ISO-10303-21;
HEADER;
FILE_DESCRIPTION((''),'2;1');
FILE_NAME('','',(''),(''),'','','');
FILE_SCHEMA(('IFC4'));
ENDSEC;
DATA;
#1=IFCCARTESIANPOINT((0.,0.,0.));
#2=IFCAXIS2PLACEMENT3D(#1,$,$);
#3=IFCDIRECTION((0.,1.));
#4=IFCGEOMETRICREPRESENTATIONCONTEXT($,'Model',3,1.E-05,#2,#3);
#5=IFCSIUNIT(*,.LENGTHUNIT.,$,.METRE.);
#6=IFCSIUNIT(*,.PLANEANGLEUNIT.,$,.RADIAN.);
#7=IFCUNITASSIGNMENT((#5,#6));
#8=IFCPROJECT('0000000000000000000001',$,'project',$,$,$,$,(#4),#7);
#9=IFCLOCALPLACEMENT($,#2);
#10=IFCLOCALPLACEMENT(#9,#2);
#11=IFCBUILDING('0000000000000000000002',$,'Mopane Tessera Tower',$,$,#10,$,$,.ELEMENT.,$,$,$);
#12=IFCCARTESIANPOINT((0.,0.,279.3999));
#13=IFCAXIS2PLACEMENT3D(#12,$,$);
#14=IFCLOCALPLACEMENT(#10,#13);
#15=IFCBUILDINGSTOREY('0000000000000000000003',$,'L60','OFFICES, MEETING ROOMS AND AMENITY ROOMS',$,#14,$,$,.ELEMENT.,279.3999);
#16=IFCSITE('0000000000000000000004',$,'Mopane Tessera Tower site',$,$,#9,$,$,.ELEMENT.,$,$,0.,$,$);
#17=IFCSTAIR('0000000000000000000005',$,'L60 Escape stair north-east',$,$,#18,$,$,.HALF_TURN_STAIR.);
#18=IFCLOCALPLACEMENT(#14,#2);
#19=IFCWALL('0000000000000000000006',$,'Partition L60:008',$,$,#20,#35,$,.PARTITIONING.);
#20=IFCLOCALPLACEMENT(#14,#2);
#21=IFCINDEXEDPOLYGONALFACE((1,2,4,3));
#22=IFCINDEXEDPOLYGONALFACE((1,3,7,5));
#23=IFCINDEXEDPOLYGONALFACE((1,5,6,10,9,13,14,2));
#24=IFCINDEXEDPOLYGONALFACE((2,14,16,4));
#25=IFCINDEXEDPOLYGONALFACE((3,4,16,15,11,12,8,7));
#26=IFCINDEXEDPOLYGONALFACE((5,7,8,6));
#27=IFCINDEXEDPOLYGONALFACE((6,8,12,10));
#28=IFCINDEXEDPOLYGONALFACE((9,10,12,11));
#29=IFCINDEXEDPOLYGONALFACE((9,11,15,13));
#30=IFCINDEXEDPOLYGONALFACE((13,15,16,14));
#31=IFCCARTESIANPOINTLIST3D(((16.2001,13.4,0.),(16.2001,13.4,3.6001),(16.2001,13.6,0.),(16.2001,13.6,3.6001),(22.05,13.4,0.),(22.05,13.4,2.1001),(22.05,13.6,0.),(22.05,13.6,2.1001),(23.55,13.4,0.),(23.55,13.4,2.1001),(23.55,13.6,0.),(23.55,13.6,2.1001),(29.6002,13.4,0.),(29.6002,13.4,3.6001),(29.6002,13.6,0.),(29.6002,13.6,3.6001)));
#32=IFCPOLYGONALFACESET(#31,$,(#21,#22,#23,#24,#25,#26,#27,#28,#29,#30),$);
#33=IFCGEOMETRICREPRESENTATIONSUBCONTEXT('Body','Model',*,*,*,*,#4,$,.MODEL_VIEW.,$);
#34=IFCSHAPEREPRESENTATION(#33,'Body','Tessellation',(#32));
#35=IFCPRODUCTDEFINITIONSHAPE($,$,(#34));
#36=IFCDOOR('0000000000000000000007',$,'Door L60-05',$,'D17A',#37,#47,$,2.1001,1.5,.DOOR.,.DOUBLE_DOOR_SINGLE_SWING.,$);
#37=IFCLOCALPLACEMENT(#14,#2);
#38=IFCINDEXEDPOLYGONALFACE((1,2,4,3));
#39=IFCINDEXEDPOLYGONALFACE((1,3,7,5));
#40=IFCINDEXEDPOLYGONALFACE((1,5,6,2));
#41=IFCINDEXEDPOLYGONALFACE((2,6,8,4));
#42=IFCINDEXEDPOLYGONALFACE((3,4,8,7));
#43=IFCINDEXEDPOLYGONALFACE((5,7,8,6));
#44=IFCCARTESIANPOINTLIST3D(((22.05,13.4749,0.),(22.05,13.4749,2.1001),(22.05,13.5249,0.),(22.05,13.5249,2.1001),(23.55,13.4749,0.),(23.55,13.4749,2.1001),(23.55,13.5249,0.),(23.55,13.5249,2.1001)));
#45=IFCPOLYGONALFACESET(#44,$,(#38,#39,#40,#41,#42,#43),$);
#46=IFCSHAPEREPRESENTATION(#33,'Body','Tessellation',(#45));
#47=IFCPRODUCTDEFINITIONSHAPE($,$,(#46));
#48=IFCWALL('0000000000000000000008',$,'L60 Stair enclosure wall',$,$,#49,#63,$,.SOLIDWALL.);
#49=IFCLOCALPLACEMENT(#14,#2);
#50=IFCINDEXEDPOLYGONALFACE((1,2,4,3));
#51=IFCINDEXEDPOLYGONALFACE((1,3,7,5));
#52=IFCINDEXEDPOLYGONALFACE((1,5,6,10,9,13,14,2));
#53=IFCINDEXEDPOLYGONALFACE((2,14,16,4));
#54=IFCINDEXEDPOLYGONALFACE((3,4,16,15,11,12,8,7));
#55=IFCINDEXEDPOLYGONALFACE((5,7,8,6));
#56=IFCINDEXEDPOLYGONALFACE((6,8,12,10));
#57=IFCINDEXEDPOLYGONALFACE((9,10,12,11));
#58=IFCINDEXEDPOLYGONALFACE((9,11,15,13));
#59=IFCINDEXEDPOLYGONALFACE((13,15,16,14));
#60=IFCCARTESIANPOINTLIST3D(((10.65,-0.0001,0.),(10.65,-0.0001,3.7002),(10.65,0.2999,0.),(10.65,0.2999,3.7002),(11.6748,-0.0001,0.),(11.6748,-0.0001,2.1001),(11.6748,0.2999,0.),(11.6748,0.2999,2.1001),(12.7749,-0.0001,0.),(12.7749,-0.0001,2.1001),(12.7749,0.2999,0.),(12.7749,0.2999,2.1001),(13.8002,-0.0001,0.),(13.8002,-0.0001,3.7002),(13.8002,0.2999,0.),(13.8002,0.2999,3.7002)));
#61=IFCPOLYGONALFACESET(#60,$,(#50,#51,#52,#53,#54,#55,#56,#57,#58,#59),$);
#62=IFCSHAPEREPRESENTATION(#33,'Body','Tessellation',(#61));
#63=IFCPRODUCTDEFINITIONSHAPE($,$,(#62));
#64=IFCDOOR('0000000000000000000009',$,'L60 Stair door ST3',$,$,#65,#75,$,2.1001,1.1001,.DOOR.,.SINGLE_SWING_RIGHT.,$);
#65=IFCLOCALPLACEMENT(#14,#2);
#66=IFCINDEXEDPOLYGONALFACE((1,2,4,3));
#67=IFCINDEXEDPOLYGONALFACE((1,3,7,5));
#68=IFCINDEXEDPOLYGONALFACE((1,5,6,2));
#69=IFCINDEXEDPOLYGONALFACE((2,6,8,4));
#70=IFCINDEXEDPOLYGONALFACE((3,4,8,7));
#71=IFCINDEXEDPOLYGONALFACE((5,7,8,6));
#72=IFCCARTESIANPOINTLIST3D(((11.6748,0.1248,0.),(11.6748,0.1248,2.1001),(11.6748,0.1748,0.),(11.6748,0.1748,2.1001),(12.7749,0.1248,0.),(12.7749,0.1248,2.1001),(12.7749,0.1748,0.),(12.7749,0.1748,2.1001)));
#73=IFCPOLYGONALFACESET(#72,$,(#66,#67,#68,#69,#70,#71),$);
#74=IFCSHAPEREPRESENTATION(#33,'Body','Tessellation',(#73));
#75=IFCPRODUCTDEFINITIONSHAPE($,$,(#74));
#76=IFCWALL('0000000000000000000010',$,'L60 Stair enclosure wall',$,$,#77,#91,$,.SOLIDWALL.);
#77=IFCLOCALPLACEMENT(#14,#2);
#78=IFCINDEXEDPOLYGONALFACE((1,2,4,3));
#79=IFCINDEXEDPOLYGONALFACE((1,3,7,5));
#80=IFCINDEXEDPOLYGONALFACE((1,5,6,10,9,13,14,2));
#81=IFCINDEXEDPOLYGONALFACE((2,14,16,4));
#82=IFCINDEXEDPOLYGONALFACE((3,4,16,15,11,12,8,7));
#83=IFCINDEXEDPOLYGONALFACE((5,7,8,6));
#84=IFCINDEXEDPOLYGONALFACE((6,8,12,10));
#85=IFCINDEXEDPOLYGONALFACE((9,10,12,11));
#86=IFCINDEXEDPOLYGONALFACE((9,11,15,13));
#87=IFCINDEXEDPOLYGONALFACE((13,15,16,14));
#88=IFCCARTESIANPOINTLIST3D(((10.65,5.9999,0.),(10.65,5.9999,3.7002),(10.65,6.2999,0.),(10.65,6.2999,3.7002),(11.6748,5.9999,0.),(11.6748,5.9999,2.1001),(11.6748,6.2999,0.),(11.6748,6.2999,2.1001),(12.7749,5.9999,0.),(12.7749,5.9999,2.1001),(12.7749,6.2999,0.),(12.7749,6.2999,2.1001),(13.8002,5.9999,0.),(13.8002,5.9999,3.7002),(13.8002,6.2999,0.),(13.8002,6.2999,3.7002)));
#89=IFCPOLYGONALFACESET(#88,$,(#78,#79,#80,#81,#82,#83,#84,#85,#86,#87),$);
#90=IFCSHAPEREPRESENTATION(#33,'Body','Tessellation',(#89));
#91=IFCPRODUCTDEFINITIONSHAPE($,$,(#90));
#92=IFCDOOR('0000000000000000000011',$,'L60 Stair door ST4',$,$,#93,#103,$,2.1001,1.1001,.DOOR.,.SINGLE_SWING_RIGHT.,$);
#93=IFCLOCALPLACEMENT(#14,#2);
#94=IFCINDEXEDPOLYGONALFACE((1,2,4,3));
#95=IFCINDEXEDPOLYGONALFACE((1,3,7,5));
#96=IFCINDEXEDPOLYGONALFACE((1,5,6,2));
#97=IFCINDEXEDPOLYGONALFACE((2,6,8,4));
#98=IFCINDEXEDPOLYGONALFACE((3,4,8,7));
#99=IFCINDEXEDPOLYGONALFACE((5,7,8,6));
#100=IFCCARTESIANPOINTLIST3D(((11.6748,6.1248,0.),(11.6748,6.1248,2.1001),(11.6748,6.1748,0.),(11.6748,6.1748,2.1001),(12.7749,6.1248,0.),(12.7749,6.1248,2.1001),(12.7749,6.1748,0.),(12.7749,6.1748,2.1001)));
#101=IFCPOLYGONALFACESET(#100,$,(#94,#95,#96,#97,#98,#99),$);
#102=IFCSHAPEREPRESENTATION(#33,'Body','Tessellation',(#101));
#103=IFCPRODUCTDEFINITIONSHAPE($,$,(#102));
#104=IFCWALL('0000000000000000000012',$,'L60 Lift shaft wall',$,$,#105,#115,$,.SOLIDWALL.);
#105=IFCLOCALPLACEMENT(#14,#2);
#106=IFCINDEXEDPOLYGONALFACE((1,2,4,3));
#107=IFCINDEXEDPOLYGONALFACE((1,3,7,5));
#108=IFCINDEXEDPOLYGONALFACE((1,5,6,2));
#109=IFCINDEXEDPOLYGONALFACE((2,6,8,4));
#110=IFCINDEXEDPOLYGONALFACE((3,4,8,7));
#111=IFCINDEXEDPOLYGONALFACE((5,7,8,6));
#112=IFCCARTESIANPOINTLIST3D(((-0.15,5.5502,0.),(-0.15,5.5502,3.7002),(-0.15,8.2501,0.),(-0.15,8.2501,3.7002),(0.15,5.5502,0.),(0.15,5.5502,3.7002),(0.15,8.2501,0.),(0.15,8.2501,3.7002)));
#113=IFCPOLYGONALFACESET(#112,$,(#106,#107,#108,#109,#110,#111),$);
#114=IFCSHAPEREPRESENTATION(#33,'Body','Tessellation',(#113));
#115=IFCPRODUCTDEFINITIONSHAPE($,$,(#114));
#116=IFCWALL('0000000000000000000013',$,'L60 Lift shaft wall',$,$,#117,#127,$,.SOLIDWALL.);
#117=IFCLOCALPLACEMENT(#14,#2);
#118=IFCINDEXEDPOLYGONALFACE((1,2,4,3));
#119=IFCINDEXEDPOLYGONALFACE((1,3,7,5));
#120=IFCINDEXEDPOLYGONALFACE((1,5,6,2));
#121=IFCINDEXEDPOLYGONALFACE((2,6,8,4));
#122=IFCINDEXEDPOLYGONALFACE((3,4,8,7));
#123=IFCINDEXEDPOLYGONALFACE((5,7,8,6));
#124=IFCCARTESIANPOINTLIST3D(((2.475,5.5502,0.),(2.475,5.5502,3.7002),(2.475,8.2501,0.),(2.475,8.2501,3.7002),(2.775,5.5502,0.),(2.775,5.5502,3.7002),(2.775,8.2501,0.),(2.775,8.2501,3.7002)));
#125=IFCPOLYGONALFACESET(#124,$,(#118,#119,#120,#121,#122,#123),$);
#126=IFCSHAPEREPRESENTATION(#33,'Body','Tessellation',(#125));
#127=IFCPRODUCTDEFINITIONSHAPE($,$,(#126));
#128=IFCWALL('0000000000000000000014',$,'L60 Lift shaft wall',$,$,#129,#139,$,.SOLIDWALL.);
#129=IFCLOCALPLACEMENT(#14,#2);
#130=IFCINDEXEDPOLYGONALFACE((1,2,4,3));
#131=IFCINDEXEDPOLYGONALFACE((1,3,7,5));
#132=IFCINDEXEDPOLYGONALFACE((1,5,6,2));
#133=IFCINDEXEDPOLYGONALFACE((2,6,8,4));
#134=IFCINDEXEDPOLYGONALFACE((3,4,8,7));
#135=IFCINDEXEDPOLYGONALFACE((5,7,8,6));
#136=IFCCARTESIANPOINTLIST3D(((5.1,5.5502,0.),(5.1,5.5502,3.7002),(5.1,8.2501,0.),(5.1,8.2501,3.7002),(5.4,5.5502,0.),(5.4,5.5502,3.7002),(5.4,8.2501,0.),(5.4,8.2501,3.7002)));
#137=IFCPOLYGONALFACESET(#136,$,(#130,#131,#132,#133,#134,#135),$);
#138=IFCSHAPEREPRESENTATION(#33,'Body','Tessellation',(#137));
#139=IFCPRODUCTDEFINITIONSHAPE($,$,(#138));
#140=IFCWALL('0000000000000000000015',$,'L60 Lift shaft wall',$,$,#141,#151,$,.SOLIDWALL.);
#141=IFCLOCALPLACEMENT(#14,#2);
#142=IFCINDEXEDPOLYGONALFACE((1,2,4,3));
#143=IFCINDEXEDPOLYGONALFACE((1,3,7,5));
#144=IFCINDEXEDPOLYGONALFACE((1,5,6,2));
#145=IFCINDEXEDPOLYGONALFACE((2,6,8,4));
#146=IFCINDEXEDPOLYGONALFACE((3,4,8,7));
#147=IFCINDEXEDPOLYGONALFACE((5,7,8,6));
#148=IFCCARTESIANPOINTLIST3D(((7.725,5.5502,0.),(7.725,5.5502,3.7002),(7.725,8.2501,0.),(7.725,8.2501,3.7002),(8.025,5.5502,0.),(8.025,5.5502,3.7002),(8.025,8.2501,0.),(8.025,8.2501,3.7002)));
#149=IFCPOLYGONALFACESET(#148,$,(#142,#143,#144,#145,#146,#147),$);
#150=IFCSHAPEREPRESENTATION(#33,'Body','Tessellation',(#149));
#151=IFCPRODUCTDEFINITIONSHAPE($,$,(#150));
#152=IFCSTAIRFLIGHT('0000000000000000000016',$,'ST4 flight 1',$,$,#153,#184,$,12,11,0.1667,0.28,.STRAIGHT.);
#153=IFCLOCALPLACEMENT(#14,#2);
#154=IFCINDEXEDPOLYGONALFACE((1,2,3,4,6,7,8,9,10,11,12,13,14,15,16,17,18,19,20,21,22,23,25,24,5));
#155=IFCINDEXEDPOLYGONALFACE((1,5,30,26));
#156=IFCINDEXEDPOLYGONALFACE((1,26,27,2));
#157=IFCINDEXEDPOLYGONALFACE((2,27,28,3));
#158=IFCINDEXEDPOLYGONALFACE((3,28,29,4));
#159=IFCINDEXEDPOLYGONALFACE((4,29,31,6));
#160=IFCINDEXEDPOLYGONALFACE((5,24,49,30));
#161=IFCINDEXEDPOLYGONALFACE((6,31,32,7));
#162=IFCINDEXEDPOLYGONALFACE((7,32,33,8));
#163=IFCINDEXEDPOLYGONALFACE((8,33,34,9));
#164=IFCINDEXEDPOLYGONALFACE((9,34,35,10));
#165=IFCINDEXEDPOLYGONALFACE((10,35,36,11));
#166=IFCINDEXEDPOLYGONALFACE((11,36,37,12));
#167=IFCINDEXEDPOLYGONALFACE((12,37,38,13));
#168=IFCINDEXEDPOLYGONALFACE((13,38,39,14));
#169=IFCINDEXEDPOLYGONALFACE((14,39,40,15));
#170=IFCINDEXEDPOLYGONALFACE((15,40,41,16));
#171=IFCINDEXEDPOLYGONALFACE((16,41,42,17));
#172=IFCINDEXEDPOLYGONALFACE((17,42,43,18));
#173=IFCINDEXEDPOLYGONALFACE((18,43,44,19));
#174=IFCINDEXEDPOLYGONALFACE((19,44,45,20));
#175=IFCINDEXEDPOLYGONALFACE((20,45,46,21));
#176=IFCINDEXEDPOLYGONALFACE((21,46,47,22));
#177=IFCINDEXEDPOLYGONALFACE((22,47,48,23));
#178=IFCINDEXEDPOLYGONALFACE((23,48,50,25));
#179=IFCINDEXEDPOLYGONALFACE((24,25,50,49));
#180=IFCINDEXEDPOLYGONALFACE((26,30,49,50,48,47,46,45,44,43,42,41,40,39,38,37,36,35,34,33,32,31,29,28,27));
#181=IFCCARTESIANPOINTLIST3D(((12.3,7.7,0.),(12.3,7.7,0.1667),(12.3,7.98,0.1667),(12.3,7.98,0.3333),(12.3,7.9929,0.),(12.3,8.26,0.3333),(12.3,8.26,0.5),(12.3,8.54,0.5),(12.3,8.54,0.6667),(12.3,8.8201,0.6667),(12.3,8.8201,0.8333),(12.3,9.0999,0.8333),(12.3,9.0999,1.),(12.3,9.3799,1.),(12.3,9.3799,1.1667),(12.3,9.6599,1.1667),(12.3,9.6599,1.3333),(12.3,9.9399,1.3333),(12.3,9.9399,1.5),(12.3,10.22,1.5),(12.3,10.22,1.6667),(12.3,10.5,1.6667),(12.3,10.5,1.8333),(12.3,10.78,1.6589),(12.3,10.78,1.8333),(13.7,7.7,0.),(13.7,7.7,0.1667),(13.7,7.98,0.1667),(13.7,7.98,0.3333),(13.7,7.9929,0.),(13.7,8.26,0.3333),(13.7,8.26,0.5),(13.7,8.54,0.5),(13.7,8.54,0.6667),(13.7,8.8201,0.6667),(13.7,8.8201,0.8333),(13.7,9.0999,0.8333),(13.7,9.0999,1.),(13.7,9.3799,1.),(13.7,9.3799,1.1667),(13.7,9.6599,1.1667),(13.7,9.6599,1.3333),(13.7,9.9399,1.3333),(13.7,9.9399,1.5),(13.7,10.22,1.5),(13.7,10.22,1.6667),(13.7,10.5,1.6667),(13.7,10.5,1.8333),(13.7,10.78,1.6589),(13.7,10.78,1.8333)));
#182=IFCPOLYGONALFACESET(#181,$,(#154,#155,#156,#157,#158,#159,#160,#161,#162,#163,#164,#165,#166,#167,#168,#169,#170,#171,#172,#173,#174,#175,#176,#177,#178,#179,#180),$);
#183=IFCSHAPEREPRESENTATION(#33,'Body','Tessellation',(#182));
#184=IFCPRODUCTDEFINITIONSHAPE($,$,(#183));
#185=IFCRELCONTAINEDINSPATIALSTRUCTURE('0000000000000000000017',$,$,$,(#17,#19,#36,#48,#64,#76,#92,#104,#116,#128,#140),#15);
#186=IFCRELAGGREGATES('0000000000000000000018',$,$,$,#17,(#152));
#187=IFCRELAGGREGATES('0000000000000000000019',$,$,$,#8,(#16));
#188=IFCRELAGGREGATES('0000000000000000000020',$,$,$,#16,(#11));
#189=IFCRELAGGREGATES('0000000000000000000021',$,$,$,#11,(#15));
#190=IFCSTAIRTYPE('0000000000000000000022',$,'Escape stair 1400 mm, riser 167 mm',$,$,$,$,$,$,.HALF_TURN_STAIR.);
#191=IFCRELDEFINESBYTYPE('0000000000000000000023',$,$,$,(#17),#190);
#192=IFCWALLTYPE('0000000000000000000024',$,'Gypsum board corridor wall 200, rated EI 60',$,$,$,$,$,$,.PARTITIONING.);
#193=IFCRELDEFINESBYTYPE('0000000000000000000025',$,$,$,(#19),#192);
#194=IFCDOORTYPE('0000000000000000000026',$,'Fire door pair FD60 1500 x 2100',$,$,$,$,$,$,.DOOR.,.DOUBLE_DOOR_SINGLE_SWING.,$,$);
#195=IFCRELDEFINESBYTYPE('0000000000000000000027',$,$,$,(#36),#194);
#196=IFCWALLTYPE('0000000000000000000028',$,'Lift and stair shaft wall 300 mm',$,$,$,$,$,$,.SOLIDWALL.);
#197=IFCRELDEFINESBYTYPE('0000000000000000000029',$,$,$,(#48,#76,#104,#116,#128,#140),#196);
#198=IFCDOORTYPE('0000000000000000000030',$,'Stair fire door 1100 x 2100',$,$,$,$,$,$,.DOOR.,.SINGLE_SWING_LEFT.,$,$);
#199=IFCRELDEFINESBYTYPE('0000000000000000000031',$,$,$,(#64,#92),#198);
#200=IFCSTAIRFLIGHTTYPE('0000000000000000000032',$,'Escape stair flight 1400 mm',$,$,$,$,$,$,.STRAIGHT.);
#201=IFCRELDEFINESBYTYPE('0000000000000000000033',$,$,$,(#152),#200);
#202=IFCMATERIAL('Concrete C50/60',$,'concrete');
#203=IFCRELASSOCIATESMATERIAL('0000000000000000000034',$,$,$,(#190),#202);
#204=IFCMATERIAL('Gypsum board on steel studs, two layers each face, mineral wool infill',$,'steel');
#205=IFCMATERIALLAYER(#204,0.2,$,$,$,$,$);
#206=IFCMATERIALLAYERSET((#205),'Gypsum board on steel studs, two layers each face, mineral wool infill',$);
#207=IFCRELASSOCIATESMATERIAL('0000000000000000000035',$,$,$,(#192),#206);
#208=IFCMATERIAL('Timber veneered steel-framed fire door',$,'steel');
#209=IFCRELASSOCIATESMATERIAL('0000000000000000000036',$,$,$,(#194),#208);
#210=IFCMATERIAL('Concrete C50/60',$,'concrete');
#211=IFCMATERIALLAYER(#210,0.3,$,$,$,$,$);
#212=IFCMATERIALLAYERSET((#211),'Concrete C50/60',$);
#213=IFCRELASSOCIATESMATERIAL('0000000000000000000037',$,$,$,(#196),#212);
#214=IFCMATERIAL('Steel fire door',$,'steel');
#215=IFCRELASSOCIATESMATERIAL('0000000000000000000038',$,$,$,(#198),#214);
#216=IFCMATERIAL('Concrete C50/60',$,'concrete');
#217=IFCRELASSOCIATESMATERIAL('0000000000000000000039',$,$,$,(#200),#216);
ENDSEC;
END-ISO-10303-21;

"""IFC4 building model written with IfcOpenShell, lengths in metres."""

from ifc_helpers import new_model, si_unit, direction, frame, frame_2d, origin, place, context, subcontext, project, spatial, polyline, rectangle, outline, extrude, material, layer, layer_set, type_object, element, fill, aggregate, save


model = new_model("IFC4")

# Units and contexts
model_context = context("Model", 3, precision=1e-05, world=origin(), true_north=direction((0.0, 1.0)))
body_context = subcontext(model_context, "Body", "Model", "MODEL_VIEW")
ifc_project = project(units=[si_unit("LENGTHUNIT", "METRE"), si_unit("PLANEANGLEUNIT", "RADIAN")], contexts=[model_context])

# Site, building, storey
site_placement = place(None, origin())
site = spatial("IfcSite", under=ifc_project, at=site_placement, Name="Mopane Tessera Tower site", CompositionType="ELEMENT", RefElevation=0.0)
building_placement = place(site_placement, origin())
building = spatial("IfcBuilding", under=site, at=building_placement, Name="Mopane Tessera Tower", CompositionType="ELEMENT")
storey_placement = place(building_placement, frame((0.0, 0.0, 279.3999)))
storey = spatial("IfcBuildingStorey", under=building, at=storey_placement, Name="L60", Description="OFFICES, MEETING ROOMS AND AMENITY ROOMS", CompositionType="ELEMENT", Elevation=279.3999)

# Stair
ifc_material_1 = material(Name="Concrete C50/60", Category="concrete")
stair_type = type_object("IfcStairType", Name="Escape stair 1400 mm, riser 167 mm", PredefinedType="HALF_TURN_STAIR", material=ifc_material_1)
stair_1_placement = place(storey_placement, origin())
stair_1 = element("IfcStair", 1, at=stair_1_placement, inside=storey, type_object=stair_type, Name="L60 Escape stair north-east", PredefinedType="HALF_TURN_STAIR")

# Walls, openings, doors
ifc_material_2 = material(Name="Gypsum board on steel studs, two layers each face, mineral wool infill", Category="steel")
ifc_layer_1 = layer(ifc_material_2, 0.2)
ifc_layer_set_1 = layer_set([ifc_layer_1], Name="Gypsum board on steel studs, two layers each face, mineral wool infill")
wall_type_1 = type_object("IfcWallType", Name="Gypsum board corridor wall 200, rated EI 60", PredefinedType="PARTITIONING", material=ifc_layer_set_1)
wall_1_placement = place(storey_placement, frame((16.2, 13.5, 0.0), z_axis=(0.0, 0.0, 1.0), x_axis=(1.0, 0.0, 0.0)))
wall_1 = element("IfcWall", 2, at=wall_1_placement, inside=storey, type_object=wall_type_1, Name="Partition L60:008", PredefinedType="PARTITIONING", context=body_context, shape_type="SweptSolid", body=[
    extrude(rectangle(XDim=13.4001, YDim=0.2, at=frame_2d((6.7002, 0.0))), origin(), (0.0, 0.0, 1.0), 3.6001),
])
opening_1_placement = place(wall_1_placement, frame((5.8501, 0.0, 0.0)))
opening_1 = element("IfcOpeningElement", 3, at=opening_1_placement, cuts=wall_1, PredefinedType="OPENING", context=body_context, shape_type="SweptSolid", body=[
    extrude(rectangle(XDim=1.5, YDim=2.1001, at=frame_2d((0.75, 1.05))), frame((0.0, 0.1121, 0.0), z_axis=(0.0, -1.0, 0.0), x_axis=(1.0, 0.0, 0.0)), (0.0, 0.0, 1.0), 0.2239),
])
ifc_material_3 = material(Name="Timber veneered steel-framed fire door", Category="steel")
door_type_1 = type_object("IfcDoorType", Name="Fire door pair FD60 1500 x 2100", OperationType="DOUBLE_DOOR_SINGLE_SWING", PredefinedType="DOOR", material=ifc_material_3)
door_1_placement = place(opening_1_placement, origin())
door_1 = element("IfcDoor", 4, at=door_1_placement, inside=storey, type_object=door_type_1, Name="Door L60-05", ObjectType="D17A", OperationType="DOUBLE_DOOR_SINGLE_SWING", OverallHeight=2.1001, OverallWidth=1.5, PredefinedType="DOOR", context=body_context, shape_type="SweptSolid", body=[
    extrude(rectangle(XDim=1.5, YDim=2.1001, at=frame_2d((0.75, 1.05))), frame((0.0, 0.0249, 0.0), z_axis=(0.0, -1.0, 0.0), x_axis=(1.0, 0.0, 0.0)), (0.0, 0.0, 1.0), 0.05),
])
fill(opening_1, door_1)
ifc_material_4 = material(Name="Concrete C50/60", Category="concrete")
ifc_layer_2 = layer(ifc_material_4, 0.3)
ifc_layer_set_2 = layer_set([ifc_layer_2], Name="Concrete C50/60")
wall_type_2 = type_object("IfcWallType", Name="Lift and stair shaft wall 300 mm", PredefinedType="SOLIDWALL", material=ifc_layer_set_2)
wall_2_placement = place(storey_placement, frame((10.6499, 0.1499, 0.0), z_axis=(0.0, 0.0, 1.0), x_axis=(1.0, 0.0, 0.0)))
wall_2 = element("IfcWall", 5, at=wall_2_placement, inside=storey, type_object=wall_type_2, Name="L60 Stair enclosure wall", PredefinedType="SOLIDWALL", context=body_context, shape_type="SweptSolid", body=[
    extrude(rectangle(XDim=3.1501, YDim=0.3, at=frame_2d((1.5752, 0.0))), origin(), (0.0, 0.0, 1.0), 3.7002),
])
opening_2_placement = place(wall_2_placement, frame((1.0249, 0.0, 0.0)))
opening_2 = element("IfcOpeningElement", 6, at=opening_2_placement, cuts=wall_2, PredefinedType="OPENING", context=body_context, shape_type="SweptSolid", body=[
    extrude(rectangle(XDim=1.1001, YDim=2.1001, at=frame_2d((0.55, 1.05))), frame((0.0, 0.1621, 0.0), z_axis=(0.0, -1.0, 0.0), x_axis=(1.0, 0.0, 0.0)), (0.0, 0.0, 1.0), 0.324),
])
ifc_material_5 = material(Name="Steel fire door", Category="steel")
door_type_2 = type_object("IfcDoorType", Name="Stair fire door 1100 x 2100", OperationType="SINGLE_SWING_LEFT", PredefinedType="DOOR", material=ifc_material_5)
door_2_placement = place(opening_2_placement, origin())
door_2 = element("IfcDoor", 7, at=door_2_placement, inside=storey, type_object=door_type_2, Name="L60 Stair door ST3", OperationType="SINGLE_SWING_RIGHT", OverallHeight=2.1001, OverallWidth=1.1001, PredefinedType="DOOR", context=body_context, shape_type="SweptSolid", body=[
    extrude(rectangle(XDim=1.1001, YDim=2.1001, at=frame_2d((0.55, 1.05))), frame((0.0, 0.0249, 0.0), z_axis=(0.0, -1.0, 0.0), x_axis=(1.0, 0.0, 0.0)), (0.0, 0.0, 1.0), 0.05),
])
fill(opening_2, door_2)
wall_3_placement = place(storey_placement, frame((10.6499, 6.1499, 0.0), z_axis=(0.0, 0.0, 1.0), x_axis=(1.0, 0.0, 0.0)))
wall_3 = element("IfcWall", 8, at=wall_3_placement, inside=storey, type_object=wall_type_2, Name="L60 Stair enclosure wall", PredefinedType="SOLIDWALL", context=body_context, shape_type="SweptSolid", body=[
    extrude(rectangle(XDim=3.1501, YDim=0.3, at=frame_2d((1.5752, 0.0))), origin(), (0.0, 0.0, 1.0), 3.7002),
])
opening_3_placement = place(wall_3_placement, frame((1.0249, 0.0, 0.0)))
opening_3 = element("IfcOpeningElement", 9, at=opening_3_placement, cuts=wall_3, PredefinedType="OPENING", context=body_context, shape_type="SweptSolid", body=[
    extrude(rectangle(XDim=1.1001, YDim=2.1001, at=frame_2d((0.55, 1.05))), frame((0.0, 0.1621, 0.0), z_axis=(0.0, -1.0, 0.0), x_axis=(1.0, 0.0, 0.0)), (0.0, 0.0, 1.0), 0.324),
])
door_3_placement = place(opening_3_placement, origin())
door_3 = element("IfcDoor", 10, at=door_3_placement, inside=storey, type_object=door_type_2, Name="L60 Stair door ST4", OperationType="SINGLE_SWING_RIGHT", OverallHeight=2.1001, OverallWidth=1.1001, PredefinedType="DOOR", context=body_context, shape_type="SweptSolid", body=[
    extrude(rectangle(XDim=1.1001, YDim=2.1001, at=frame_2d((0.55, 1.05))), frame((0.0, 0.0249, 0.0), z_axis=(0.0, -1.0, 0.0), x_axis=(1.0, 0.0, 0.0)), (0.0, 0.0, 1.0), 0.05),
])
fill(opening_3, door_3)

# Walls
for number, where, z_axis, x_axis, name in (
    (11, (0.0, 5.55, 0.0), (0.0, 0.0, 1.0), (0.0, 1.0, 0.0), "L60 Lift shaft wall"),
    (12, (2.625, 5.55, 0.0), (0.0, 0.0, 1.0), (0.0, 1.0, 0.0), "L60 Lift shaft wall"),
    (13, (5.25, 5.55, 0.0), (0.0, 0.0, 1.0), (0.0, 1.0, 0.0), "L60 Lift shaft wall"),
    (14, (7.875, 5.55, 0.0), (0.0, 0.0, 1.0), (0.0, 1.0, 0.0), "L60 Lift shaft wall"),
):
    element("IfcWall", number, at=place(storey_placement, frame(where, z_axis=z_axis, x_axis=x_axis)), inside=storey, type_object=wall_type_2, Name=name, PredefinedType="SOLIDWALL", context=body_context, shape_type="SweptSolid", body=[
        extrude(rectangle(XDim=2.7, YDim=0.3, at=frame_2d((1.3501, 0.0))), origin(), (0.0, 0.0, 1.0), 3.7002),
    ])

# Stair flight
ifc_material_6 = material(Name="Concrete C50/60", Category="concrete")
stair_flight_type = type_object("IfcStairFlightType", Name="Escape stair flight 1400 mm", PredefinedType="STRAIGHT", material=ifc_material_6)
stair_flight_1_placement = place(storey_placement, frame((13.0, 7.7, 0.0), z_axis=(0.0, 0.0, 1.0), x_axis=(0.0, 1.0, 0.0)))
stair_flight_1 = element("IfcStairFlight", 15, at=stair_flight_1_placement, type_object=stair_flight_type, Name="ST4 flight 1", NumberOfRisers=12, NumberOfTreads=11, PredefinedType="STRAIGHT", RiserHeight=0.1667, TreadLength=0.28, context=body_context, shape_type="SweptSolid", body=[
    extrude(outline(polyline([(0.0, 0.0), (0.0, 0.1667), (0.28, 0.1667), (0.28, 0.3333), (0.5601, 0.3333), (0.5601, 0.5), (0.8401, 0.5), (0.8401, 0.6667), (1.1201, 0.6667), (1.1201, 0.8333), (1.3999, 0.8333), (1.3999, 1.0), (1.6799, 1.0), (1.6799, 1.1667), (1.96, 1.1667), (1.96, 1.3333), (2.24, 1.3333), (2.24, 1.5), (2.52, 1.5), (2.52, 1.6667), (2.8, 1.6667), (2.8, 1.8333), (3.0801, 1.8333), (3.0801, 2.0), (3.0801, 1.6589), (0.293, 0.0), (0.0, 0.0)])), frame((0.0, 0.7, 0.0), z_axis=(0.0, -1.0, 0.0), x_axis=(1.0, 0.0, 0.0)), (0.0, 0.0, 1.0), 1.3999),
])
aggregate(stair_1, [stair_flight_1])

save(model, "model.ifc")
